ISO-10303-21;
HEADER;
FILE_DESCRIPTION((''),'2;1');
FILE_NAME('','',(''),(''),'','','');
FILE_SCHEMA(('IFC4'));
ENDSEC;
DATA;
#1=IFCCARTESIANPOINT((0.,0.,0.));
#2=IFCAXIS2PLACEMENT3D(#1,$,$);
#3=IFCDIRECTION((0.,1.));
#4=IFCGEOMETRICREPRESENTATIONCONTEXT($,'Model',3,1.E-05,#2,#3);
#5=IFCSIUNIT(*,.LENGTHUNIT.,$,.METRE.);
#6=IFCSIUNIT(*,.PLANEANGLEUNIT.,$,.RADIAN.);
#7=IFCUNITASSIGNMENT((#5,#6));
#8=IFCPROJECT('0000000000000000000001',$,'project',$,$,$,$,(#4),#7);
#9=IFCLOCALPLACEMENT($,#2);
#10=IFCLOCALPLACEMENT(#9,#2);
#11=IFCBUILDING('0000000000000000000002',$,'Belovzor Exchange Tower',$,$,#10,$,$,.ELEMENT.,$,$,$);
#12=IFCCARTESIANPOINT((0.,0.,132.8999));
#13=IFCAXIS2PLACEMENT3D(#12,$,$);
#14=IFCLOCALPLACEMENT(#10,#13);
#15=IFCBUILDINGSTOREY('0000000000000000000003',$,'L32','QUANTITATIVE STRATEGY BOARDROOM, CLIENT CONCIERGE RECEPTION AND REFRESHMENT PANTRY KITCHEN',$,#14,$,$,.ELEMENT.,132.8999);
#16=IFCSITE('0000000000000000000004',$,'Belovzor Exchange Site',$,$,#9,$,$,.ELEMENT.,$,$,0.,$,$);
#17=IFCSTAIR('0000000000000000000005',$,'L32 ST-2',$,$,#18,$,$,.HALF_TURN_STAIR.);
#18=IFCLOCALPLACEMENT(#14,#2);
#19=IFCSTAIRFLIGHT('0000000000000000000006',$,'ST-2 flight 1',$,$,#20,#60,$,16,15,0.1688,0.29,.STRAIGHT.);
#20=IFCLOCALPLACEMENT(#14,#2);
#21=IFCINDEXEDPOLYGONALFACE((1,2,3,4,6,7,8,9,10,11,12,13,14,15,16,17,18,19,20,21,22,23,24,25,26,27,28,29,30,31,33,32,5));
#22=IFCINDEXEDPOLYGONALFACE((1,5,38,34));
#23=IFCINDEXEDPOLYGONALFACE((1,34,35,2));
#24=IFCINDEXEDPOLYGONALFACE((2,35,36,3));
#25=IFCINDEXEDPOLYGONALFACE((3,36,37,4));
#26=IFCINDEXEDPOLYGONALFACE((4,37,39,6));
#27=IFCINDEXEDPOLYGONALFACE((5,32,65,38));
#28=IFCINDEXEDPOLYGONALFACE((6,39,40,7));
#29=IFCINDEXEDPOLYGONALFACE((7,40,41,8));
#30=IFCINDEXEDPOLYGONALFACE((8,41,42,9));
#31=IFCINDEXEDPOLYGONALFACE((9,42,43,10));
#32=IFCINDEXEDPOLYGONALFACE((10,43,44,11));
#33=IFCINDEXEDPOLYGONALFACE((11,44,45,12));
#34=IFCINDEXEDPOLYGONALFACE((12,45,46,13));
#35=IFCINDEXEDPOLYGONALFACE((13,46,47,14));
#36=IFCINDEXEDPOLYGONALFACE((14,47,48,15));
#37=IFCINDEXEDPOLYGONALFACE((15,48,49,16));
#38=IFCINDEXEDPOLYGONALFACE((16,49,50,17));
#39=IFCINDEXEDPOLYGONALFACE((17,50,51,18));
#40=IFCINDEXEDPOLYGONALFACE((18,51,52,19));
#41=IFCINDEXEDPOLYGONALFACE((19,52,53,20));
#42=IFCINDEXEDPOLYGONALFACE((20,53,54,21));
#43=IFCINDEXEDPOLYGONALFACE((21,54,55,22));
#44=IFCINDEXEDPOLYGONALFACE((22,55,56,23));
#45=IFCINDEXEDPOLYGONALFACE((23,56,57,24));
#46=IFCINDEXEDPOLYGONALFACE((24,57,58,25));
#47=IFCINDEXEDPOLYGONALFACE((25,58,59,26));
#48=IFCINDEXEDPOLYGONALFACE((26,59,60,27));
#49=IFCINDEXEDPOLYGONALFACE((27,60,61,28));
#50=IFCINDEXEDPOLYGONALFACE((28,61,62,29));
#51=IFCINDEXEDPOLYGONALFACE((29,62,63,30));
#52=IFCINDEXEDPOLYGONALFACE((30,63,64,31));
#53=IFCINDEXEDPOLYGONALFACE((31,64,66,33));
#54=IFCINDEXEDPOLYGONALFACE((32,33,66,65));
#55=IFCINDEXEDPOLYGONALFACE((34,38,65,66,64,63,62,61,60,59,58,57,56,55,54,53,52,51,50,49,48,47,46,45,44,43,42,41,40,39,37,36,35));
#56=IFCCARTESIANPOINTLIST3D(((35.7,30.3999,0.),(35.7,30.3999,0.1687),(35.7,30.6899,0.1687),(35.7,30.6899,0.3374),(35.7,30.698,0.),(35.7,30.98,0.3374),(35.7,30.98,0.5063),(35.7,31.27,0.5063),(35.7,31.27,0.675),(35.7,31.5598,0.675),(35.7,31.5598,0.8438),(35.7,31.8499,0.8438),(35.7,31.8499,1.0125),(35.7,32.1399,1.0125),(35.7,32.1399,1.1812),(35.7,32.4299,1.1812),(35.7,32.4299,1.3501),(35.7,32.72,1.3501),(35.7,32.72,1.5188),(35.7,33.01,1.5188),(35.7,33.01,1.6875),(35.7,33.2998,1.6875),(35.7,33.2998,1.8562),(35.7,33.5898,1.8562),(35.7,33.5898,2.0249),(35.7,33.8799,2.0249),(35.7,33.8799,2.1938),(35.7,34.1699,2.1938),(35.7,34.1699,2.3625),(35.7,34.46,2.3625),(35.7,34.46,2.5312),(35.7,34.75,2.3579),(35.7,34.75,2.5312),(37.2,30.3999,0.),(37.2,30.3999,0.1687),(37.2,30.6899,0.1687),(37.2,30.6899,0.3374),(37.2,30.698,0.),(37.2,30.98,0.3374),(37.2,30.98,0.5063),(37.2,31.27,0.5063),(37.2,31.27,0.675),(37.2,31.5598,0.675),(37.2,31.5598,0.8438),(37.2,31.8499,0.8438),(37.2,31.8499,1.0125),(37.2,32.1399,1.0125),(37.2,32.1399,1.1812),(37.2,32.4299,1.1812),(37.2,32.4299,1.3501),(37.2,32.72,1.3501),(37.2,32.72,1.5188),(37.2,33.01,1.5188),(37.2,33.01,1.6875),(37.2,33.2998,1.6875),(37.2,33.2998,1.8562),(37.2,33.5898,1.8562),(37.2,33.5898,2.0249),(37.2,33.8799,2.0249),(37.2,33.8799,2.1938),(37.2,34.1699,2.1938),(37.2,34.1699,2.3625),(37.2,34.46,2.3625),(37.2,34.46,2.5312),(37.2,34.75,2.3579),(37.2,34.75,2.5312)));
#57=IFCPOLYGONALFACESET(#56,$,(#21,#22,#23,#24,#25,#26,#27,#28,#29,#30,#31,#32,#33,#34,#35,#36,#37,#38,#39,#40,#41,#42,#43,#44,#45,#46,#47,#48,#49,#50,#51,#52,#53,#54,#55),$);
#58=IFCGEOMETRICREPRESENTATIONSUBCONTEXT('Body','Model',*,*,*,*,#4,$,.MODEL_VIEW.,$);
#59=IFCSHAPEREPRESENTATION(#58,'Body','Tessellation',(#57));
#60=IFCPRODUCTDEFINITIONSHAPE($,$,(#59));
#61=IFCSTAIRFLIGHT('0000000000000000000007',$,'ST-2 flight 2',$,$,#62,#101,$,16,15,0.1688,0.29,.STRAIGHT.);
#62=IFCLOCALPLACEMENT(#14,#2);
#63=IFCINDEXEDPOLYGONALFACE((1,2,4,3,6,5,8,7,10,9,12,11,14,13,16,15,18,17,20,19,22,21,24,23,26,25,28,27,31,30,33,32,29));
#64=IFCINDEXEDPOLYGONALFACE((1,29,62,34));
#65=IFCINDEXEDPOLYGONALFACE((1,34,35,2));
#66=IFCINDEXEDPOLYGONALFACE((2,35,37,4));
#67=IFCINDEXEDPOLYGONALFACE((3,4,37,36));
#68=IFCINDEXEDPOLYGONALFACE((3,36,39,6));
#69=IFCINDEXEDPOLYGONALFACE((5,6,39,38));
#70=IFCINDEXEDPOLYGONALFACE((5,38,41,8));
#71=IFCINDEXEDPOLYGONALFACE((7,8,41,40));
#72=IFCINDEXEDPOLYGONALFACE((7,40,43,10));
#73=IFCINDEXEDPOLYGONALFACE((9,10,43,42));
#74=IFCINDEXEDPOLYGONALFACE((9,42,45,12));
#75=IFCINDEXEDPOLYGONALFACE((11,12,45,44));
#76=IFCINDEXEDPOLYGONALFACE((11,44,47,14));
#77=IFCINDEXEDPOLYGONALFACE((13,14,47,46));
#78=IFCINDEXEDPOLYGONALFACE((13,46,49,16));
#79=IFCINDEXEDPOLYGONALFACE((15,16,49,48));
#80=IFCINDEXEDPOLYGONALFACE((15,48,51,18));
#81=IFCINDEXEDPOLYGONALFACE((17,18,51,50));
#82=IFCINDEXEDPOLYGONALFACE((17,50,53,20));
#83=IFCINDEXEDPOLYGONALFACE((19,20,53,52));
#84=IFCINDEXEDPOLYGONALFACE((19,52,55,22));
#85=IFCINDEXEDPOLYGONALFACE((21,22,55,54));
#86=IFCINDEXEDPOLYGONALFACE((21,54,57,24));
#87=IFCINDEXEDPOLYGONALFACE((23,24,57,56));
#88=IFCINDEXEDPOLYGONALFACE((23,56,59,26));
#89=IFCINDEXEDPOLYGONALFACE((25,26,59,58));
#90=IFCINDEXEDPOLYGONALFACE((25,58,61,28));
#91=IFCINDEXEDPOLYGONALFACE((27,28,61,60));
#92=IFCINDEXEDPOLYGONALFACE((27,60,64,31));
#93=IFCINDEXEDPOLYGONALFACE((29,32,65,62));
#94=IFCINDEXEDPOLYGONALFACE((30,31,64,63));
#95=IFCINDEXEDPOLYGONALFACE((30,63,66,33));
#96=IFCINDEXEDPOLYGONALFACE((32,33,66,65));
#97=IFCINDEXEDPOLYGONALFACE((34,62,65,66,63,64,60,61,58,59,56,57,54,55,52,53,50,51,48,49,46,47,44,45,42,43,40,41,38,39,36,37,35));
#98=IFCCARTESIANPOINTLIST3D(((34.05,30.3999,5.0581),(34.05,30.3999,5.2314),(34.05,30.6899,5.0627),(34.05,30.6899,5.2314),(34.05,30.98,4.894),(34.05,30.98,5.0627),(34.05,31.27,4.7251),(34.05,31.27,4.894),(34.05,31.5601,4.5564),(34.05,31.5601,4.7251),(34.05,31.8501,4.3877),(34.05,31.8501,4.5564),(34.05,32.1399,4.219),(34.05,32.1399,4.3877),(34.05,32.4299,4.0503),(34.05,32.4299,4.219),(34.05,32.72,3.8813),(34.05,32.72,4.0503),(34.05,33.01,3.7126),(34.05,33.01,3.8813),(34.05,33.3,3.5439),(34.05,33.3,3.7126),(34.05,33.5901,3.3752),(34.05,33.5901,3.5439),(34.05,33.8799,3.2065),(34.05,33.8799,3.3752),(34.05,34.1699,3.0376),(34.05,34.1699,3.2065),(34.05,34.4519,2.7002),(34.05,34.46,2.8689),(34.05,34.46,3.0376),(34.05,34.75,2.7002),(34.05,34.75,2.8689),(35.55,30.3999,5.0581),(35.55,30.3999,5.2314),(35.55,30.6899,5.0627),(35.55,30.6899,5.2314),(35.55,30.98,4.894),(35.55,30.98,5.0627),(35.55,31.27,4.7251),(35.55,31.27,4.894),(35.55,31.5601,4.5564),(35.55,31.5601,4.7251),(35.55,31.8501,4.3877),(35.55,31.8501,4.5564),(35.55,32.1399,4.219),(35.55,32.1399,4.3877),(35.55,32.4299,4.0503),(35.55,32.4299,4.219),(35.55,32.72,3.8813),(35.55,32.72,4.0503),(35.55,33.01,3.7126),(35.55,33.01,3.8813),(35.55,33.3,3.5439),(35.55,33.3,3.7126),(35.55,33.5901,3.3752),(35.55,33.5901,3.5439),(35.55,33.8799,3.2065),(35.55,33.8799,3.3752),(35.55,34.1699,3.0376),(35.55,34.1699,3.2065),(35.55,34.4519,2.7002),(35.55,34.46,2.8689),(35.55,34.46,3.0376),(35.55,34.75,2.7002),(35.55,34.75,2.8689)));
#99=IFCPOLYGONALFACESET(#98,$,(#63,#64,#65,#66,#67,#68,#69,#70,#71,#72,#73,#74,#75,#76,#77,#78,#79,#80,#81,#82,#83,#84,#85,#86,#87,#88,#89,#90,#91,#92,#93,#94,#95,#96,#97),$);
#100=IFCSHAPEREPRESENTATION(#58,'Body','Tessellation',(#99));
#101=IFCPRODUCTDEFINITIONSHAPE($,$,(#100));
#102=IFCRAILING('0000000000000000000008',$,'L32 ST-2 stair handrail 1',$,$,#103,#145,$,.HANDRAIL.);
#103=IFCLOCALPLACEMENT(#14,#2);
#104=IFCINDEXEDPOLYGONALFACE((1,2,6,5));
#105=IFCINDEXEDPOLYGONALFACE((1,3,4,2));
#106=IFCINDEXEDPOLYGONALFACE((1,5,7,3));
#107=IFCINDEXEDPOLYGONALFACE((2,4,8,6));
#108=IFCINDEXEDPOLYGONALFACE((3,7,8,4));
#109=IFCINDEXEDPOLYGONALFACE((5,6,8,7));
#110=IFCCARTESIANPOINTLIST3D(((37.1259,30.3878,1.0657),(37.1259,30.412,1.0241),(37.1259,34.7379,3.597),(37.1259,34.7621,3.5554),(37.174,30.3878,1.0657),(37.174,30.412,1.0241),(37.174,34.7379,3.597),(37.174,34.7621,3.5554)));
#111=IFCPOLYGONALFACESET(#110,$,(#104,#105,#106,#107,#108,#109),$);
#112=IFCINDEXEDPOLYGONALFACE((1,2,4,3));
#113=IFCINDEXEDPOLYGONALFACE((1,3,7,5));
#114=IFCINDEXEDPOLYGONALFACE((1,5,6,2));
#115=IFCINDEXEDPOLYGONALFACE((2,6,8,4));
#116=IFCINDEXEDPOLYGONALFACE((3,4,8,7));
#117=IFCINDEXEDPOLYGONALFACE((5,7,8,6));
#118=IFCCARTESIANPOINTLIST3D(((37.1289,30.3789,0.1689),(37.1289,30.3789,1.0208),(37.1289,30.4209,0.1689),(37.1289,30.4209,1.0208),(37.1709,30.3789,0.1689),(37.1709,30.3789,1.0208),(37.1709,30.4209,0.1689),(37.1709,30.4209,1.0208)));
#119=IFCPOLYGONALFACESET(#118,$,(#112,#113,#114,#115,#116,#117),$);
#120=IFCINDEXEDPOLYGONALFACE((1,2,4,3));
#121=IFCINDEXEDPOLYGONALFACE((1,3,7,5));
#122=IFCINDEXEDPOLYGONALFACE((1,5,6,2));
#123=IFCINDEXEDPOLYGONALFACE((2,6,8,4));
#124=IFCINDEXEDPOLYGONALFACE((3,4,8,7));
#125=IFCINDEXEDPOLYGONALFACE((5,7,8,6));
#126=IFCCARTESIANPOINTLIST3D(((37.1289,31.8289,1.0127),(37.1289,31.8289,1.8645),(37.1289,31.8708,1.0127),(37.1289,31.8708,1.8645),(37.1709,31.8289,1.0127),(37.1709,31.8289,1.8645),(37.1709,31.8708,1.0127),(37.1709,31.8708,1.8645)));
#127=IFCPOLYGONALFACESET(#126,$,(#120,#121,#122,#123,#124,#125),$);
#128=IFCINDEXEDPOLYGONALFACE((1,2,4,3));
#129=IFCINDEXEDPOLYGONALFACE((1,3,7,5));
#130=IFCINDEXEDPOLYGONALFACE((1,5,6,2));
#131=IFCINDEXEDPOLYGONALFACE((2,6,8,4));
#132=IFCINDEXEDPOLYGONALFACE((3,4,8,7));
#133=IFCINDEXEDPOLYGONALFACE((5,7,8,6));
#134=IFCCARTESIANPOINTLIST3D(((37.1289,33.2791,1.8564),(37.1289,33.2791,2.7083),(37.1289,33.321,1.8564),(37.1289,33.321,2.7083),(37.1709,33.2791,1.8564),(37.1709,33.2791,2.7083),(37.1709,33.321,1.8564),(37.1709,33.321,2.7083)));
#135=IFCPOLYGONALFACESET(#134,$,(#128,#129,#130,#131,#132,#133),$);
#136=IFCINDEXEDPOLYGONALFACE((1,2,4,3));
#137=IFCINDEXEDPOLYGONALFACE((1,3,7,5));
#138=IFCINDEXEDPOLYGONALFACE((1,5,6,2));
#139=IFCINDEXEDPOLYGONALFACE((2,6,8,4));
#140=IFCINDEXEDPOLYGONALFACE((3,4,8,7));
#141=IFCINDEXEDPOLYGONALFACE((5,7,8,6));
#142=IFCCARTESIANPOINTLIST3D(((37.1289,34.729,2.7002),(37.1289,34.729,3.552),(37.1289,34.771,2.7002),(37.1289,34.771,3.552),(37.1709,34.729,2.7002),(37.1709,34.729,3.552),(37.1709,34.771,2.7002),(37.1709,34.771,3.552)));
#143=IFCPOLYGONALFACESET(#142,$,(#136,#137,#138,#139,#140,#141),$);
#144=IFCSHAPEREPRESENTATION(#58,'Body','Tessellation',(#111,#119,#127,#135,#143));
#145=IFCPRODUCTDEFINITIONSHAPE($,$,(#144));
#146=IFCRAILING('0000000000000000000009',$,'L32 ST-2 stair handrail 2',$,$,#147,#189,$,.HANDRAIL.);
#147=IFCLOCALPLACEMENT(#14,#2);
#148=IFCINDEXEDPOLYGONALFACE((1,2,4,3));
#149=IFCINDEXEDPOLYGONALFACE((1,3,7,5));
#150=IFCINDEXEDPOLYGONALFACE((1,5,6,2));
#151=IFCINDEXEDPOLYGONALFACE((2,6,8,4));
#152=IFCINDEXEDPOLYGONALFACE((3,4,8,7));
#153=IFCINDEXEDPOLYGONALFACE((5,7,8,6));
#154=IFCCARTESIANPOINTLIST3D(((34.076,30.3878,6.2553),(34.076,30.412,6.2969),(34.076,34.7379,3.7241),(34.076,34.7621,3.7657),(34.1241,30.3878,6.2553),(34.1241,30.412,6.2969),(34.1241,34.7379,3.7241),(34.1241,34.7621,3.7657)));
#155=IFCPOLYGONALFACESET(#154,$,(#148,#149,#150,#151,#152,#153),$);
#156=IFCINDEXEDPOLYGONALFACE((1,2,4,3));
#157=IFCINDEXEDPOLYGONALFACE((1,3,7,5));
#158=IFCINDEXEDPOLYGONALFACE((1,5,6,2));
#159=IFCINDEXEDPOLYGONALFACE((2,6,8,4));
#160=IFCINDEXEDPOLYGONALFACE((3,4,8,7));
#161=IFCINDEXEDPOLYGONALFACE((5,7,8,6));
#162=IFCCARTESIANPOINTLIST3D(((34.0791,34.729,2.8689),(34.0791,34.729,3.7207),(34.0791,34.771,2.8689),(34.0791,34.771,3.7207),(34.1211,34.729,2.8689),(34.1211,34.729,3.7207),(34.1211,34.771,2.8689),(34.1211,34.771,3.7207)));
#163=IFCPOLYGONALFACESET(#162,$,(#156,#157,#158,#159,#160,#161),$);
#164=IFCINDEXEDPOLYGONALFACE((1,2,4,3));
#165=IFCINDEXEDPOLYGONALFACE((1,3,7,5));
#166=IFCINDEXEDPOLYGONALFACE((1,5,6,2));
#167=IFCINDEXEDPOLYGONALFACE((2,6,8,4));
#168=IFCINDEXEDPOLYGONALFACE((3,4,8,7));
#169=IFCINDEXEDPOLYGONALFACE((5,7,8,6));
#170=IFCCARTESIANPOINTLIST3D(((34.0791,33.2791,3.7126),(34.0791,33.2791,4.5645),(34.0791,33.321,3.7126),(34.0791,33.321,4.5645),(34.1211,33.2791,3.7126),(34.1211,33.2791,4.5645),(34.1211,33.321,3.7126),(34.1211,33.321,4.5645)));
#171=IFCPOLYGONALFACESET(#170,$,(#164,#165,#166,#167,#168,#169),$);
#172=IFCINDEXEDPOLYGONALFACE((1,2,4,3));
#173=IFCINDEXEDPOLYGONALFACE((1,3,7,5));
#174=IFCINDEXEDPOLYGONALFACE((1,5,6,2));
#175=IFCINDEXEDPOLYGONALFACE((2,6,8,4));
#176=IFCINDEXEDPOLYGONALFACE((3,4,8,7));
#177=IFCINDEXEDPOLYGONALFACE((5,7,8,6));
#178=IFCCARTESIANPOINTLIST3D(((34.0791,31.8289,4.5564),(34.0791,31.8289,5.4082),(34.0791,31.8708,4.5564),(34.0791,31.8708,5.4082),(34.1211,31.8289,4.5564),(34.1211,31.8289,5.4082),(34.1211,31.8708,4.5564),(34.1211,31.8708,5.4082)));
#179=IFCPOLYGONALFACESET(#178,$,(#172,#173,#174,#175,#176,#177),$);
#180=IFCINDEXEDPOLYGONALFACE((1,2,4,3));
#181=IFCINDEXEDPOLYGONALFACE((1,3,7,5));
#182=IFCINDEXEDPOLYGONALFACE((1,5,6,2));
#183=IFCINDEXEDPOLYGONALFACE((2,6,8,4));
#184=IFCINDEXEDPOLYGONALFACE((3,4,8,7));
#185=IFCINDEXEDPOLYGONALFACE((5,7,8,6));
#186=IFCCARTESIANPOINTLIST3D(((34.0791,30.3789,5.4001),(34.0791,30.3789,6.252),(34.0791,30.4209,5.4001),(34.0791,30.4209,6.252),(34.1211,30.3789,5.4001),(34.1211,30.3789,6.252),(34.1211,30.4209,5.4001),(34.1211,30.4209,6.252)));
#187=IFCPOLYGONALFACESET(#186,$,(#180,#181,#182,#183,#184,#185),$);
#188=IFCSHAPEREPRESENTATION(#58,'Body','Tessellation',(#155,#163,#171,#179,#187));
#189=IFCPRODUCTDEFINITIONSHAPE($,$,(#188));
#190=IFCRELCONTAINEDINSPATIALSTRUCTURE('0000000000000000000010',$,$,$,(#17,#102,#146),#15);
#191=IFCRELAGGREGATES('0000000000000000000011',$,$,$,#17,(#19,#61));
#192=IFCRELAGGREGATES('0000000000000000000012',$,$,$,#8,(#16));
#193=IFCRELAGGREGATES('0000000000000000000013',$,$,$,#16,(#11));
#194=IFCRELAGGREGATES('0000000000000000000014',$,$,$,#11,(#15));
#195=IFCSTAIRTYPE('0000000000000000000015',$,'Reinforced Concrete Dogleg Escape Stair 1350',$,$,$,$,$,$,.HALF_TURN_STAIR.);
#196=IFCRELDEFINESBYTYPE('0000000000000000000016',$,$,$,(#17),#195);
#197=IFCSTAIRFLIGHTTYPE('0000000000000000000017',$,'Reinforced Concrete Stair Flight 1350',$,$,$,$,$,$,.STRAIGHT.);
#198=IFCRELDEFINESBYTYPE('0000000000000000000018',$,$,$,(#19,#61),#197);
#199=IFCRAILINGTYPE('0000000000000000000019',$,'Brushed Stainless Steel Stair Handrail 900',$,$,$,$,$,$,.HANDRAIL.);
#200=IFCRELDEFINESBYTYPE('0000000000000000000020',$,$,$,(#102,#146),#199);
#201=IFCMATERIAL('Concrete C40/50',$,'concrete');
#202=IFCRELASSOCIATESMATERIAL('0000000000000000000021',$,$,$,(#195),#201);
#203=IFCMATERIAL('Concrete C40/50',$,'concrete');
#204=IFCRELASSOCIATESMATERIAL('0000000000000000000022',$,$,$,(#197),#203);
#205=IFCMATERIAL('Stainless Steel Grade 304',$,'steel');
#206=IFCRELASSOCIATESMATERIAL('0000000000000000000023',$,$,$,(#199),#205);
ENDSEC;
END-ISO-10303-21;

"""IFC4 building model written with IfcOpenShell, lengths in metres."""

from ifc_helpers import new_model, si_unit, direction, frame, origin, origin_2d, place, context, subcontext, project, spatial, polyline, rectangle, outline, extrude, material, type_object, element, aggregate, save


model = new_model("IFC4")

# Units and contexts
model_context = context("Model", 3, precision=1e-05, world=origin(), true_north=direction((0.0, 1.0)))
body_context = subcontext(model_context, "Body", "Model", "MODEL_VIEW")
ifc_project = project(units=[si_unit("LENGTHUNIT", "METRE"), si_unit("PLANEANGLEUNIT", "RADIAN")], contexts=[model_context])

# Site, building, storey
site_placement = place(None, origin())
site = spatial("IfcSite", under=ifc_project, at=site_placement, Name="Belovzor Exchange Site", CompositionType="ELEMENT", RefElevation=0.0)
building_placement = place(site_placement, origin())
building = spatial("IfcBuilding", under=site, at=building_placement, Name="Belovzor Exchange Tower", CompositionType="ELEMENT")
storey_placement = place(building_placement, frame((0.0, 0.0, 132.8999)))
storey = spatial("IfcBuildingStorey", under=building, at=storey_placement, Name="L32", Description="QUANTITATIVE STRATEGY BOARDROOM, CLIENT CONCIERGE RECEPTION AND REFRESHMENT PANTRY KITCHEN", CompositionType="ELEMENT", Elevation=132.8999)

# Stair, stair flights
ifc_material_1 = material(Name="Concrete C40/50", Category="concrete")
stair_type = type_object("IfcStairType", Name="Reinforced Concrete Dogleg Escape Stair 1350", PredefinedType="HALF_TURN_STAIR", material=ifc_material_1)
stair_placement = place(storey_placement, origin())
stair = element("IfcStair", 1, at=stair_placement, inside=storey, type_object=stair_type, Name="L32 ST-2", PredefinedType="HALF_TURN_STAIR")
ifc_material_2 = material(Name="Concrete C40/50", Category="concrete")
stair_flight_type = type_object("IfcStairFlightType", Name="Reinforced Concrete Stair Flight 1350", PredefinedType="STRAIGHT", material=ifc_material_2)
stair_flight_1_placement = place(storey_placement, frame((36.45, 30.3999, 0.0), z_axis=(0.0, 0.0, 1.0), x_axis=(0.0, 1.0, 0.0)))
stair_flight_1 = element("IfcStairFlight", 2, at=stair_flight_1_placement, type_object=stair_flight_type, Name="ST-2 flight 1", NumberOfRisers=16, NumberOfTreads=15, PredefinedType="STRAIGHT", RiserHeight=0.1688, TreadLength=0.29, context=body_context, shape_type="SweptSolid", body=[
    extrude(outline(polyline([(0.0, 0.0), (0.0, 0.1687), (0.29, 0.1687), (0.29, 0.3374), (0.5801, 0.3374), (0.5801, 0.5063), (0.8701, 0.5063), (0.8701, 0.675), (1.1599, 0.675), (1.1599, 0.8438), (1.45, 0.8438), (1.45, 1.0125), (1.74, 1.0125), (1.74, 1.1812), (2.03, 1.1812), (2.03, 1.3501), (2.3201, 1.3501), (2.3201, 1.5188), (2.6101, 1.5188), (2.6101, 1.6875), (2.8999, 1.6875), (2.8999, 1.8562), (3.1899, 1.8562), (3.1899, 2.0249), (3.48, 2.0249), (3.48, 2.1938), (3.77, 2.1938), (3.77, 2.3625), (4.0601, 2.3625), (4.0601, 2.5312), (4.3501, 2.5312), (4.3501, 2.7), (4.3501, 2.3579), (0.2981, 0.0), (0.0, 0.0)])), frame((0.0, 0.75, 0.0), z_axis=(0.0, -1.0, 0.0), x_axis=(1.0, 0.0, 0.0)), (0.0, 0.0, 1.0), 1.5),
])
stair_flight_2_placement = place(storey_placement, frame((34.8, 34.75, 2.7002), z_axis=(0.0, 0.0, 1.0), x_axis=(0.0, -1.0, 0.0)))
stair_flight_2 = element("IfcStairFlight", 3, at=stair_flight_2_placement, type_object=stair_flight_type, Name="ST-2 flight 2", NumberOfRisers=16, NumberOfTreads=15, PredefinedType="STRAIGHT", RiserHeight=0.1688, TreadLength=0.29, context=body_context, shape_type="SweptSolid", body=[
    extrude(outline(polyline([(0.0, 0.0), (0.0, 0.1687), (0.29, 0.1687), (0.29, 0.3374), (0.5801, 0.3374), (0.5801, 0.5063), (0.8701, 0.5063), (0.8701, 0.675), (1.1599, 0.675), (1.1599, 0.8438), (1.45, 0.8438), (1.45, 1.0125), (1.74, 1.0125), (1.74, 1.1812), (2.03, 1.1812), (2.03, 1.3501), (2.3201, 1.3501), (2.3201, 1.5188), (2.6101, 1.5188), (2.6101, 1.6875), (2.8999, 1.6875), (2.8999, 1.8562), (3.1899, 1.8562), (3.1899, 2.0249), (3.48, 2.0249), (3.48, 2.1938), (3.77, 2.1938), (3.77, 2.3625), (4.0601, 2.3625), (4.0601, 2.5312), (4.3501, 2.5312), (4.3501, 2.7), (4.3501, 2.3579), (0.2981, 0.0), (0.0, 0.0)])), frame((0.0, 0.75, 0.0), z_axis=(0.0, -1.0, 0.0), x_axis=(1.0, 0.0, 0.0)), (0.0, 0.0, 1.0), 1.5),
])
aggregate(stair, [stair_flight_1, stair_flight_2])

# Railings
ifc_material_3 = material(Name="Stainless Steel Grade 304", Category="steel")
railing_type_1 = type_object("IfcRailingType", Name="Brushed Stainless Steel Stair Handrail 900", PredefinedType="HANDRAIL", material=ifc_material_3)
railing_1_placement = place(storey_placement, frame((37.1499, 30.3999, 0.1689)))
element("IfcRailing", 4, at=railing_1_placement, inside=storey, type_object=railing_type_1, Name="L32 ST-2 stair handrail 1", PredefinedType="HANDRAIL", context=body_context, shape_type="SweptSolid", body=[
    extrude(rectangle(XDim=0.0481, YDim=0.0481, at=origin_2d()), frame((0.0, 0.0, 0.876), z_axis=(0.0, 0.864324, 0.502936), x_axis=(-1.0, 0.0, 0.0)), (0.0, 0.0, 1.0), 5.033),
    extrude(rectangle(XDim=0.042, YDim=0.042, at=origin_2d()), origin(), (0.0, 0.0, 1.0), 0.8518),
    extrude(rectangle(XDim=0.042, YDim=0.042, at=origin_2d()), frame((0.0, 1.45, 0.8438)), (0.0, 0.0, 1.0), 0.8518),
    extrude(rectangle(XDim=0.042, YDim=0.042, at=origin_2d()), frame((0.0, 2.9001, 1.6875)), (0.0, 0.0, 1.0), 0.8518),
    extrude(rectangle(XDim=0.042, YDim=0.042, at=origin_2d()), frame((0.0, 4.3501, 2.5312)), (0.0, 0.0, 1.0), 0.8518),
])
railing_2_placement = place(storey_placement, frame((34.1001, 34.75, 2.8689)))
element("IfcRailing", 5, at=railing_2_placement, inside=storey, type_object=railing_type_1, Name="L32 ST-2 stair handrail 2", PredefinedType="HANDRAIL", context=body_context, shape_type="SweptSolid", body=[
    extrude(rectangle(XDim=0.0481, YDim=0.0481, at=origin_2d()), frame((0.0, 0.0, 0.876), z_axis=(0.0, -0.864324, 0.502936), x_axis=(1.0, 0.0, 0.0)), (0.0, 0.0, 1.0), 5.033),
    extrude(rectangle(XDim=0.042, YDim=0.042, at=origin_2d()), origin(), (0.0, 0.0, 1.0), 0.8518),
    extrude(rectangle(XDim=0.042, YDim=0.042, at=origin_2d()), frame((0.0, -1.45, 0.8438)), (0.0, 0.0, 1.0), 0.8518),
    extrude(rectangle(XDim=0.042, YDim=0.042, at=origin_2d()), frame((0.0, -2.9001, 1.6875)), (0.0, 0.0, 1.0), 0.8518),
    extrude(rectangle(XDim=0.042, YDim=0.042, at=origin_2d()), frame((0.0, -4.3501, 2.5312)), (0.0, 0.0, 1.0), 0.8518),
])

save(model, "model.ifc")
